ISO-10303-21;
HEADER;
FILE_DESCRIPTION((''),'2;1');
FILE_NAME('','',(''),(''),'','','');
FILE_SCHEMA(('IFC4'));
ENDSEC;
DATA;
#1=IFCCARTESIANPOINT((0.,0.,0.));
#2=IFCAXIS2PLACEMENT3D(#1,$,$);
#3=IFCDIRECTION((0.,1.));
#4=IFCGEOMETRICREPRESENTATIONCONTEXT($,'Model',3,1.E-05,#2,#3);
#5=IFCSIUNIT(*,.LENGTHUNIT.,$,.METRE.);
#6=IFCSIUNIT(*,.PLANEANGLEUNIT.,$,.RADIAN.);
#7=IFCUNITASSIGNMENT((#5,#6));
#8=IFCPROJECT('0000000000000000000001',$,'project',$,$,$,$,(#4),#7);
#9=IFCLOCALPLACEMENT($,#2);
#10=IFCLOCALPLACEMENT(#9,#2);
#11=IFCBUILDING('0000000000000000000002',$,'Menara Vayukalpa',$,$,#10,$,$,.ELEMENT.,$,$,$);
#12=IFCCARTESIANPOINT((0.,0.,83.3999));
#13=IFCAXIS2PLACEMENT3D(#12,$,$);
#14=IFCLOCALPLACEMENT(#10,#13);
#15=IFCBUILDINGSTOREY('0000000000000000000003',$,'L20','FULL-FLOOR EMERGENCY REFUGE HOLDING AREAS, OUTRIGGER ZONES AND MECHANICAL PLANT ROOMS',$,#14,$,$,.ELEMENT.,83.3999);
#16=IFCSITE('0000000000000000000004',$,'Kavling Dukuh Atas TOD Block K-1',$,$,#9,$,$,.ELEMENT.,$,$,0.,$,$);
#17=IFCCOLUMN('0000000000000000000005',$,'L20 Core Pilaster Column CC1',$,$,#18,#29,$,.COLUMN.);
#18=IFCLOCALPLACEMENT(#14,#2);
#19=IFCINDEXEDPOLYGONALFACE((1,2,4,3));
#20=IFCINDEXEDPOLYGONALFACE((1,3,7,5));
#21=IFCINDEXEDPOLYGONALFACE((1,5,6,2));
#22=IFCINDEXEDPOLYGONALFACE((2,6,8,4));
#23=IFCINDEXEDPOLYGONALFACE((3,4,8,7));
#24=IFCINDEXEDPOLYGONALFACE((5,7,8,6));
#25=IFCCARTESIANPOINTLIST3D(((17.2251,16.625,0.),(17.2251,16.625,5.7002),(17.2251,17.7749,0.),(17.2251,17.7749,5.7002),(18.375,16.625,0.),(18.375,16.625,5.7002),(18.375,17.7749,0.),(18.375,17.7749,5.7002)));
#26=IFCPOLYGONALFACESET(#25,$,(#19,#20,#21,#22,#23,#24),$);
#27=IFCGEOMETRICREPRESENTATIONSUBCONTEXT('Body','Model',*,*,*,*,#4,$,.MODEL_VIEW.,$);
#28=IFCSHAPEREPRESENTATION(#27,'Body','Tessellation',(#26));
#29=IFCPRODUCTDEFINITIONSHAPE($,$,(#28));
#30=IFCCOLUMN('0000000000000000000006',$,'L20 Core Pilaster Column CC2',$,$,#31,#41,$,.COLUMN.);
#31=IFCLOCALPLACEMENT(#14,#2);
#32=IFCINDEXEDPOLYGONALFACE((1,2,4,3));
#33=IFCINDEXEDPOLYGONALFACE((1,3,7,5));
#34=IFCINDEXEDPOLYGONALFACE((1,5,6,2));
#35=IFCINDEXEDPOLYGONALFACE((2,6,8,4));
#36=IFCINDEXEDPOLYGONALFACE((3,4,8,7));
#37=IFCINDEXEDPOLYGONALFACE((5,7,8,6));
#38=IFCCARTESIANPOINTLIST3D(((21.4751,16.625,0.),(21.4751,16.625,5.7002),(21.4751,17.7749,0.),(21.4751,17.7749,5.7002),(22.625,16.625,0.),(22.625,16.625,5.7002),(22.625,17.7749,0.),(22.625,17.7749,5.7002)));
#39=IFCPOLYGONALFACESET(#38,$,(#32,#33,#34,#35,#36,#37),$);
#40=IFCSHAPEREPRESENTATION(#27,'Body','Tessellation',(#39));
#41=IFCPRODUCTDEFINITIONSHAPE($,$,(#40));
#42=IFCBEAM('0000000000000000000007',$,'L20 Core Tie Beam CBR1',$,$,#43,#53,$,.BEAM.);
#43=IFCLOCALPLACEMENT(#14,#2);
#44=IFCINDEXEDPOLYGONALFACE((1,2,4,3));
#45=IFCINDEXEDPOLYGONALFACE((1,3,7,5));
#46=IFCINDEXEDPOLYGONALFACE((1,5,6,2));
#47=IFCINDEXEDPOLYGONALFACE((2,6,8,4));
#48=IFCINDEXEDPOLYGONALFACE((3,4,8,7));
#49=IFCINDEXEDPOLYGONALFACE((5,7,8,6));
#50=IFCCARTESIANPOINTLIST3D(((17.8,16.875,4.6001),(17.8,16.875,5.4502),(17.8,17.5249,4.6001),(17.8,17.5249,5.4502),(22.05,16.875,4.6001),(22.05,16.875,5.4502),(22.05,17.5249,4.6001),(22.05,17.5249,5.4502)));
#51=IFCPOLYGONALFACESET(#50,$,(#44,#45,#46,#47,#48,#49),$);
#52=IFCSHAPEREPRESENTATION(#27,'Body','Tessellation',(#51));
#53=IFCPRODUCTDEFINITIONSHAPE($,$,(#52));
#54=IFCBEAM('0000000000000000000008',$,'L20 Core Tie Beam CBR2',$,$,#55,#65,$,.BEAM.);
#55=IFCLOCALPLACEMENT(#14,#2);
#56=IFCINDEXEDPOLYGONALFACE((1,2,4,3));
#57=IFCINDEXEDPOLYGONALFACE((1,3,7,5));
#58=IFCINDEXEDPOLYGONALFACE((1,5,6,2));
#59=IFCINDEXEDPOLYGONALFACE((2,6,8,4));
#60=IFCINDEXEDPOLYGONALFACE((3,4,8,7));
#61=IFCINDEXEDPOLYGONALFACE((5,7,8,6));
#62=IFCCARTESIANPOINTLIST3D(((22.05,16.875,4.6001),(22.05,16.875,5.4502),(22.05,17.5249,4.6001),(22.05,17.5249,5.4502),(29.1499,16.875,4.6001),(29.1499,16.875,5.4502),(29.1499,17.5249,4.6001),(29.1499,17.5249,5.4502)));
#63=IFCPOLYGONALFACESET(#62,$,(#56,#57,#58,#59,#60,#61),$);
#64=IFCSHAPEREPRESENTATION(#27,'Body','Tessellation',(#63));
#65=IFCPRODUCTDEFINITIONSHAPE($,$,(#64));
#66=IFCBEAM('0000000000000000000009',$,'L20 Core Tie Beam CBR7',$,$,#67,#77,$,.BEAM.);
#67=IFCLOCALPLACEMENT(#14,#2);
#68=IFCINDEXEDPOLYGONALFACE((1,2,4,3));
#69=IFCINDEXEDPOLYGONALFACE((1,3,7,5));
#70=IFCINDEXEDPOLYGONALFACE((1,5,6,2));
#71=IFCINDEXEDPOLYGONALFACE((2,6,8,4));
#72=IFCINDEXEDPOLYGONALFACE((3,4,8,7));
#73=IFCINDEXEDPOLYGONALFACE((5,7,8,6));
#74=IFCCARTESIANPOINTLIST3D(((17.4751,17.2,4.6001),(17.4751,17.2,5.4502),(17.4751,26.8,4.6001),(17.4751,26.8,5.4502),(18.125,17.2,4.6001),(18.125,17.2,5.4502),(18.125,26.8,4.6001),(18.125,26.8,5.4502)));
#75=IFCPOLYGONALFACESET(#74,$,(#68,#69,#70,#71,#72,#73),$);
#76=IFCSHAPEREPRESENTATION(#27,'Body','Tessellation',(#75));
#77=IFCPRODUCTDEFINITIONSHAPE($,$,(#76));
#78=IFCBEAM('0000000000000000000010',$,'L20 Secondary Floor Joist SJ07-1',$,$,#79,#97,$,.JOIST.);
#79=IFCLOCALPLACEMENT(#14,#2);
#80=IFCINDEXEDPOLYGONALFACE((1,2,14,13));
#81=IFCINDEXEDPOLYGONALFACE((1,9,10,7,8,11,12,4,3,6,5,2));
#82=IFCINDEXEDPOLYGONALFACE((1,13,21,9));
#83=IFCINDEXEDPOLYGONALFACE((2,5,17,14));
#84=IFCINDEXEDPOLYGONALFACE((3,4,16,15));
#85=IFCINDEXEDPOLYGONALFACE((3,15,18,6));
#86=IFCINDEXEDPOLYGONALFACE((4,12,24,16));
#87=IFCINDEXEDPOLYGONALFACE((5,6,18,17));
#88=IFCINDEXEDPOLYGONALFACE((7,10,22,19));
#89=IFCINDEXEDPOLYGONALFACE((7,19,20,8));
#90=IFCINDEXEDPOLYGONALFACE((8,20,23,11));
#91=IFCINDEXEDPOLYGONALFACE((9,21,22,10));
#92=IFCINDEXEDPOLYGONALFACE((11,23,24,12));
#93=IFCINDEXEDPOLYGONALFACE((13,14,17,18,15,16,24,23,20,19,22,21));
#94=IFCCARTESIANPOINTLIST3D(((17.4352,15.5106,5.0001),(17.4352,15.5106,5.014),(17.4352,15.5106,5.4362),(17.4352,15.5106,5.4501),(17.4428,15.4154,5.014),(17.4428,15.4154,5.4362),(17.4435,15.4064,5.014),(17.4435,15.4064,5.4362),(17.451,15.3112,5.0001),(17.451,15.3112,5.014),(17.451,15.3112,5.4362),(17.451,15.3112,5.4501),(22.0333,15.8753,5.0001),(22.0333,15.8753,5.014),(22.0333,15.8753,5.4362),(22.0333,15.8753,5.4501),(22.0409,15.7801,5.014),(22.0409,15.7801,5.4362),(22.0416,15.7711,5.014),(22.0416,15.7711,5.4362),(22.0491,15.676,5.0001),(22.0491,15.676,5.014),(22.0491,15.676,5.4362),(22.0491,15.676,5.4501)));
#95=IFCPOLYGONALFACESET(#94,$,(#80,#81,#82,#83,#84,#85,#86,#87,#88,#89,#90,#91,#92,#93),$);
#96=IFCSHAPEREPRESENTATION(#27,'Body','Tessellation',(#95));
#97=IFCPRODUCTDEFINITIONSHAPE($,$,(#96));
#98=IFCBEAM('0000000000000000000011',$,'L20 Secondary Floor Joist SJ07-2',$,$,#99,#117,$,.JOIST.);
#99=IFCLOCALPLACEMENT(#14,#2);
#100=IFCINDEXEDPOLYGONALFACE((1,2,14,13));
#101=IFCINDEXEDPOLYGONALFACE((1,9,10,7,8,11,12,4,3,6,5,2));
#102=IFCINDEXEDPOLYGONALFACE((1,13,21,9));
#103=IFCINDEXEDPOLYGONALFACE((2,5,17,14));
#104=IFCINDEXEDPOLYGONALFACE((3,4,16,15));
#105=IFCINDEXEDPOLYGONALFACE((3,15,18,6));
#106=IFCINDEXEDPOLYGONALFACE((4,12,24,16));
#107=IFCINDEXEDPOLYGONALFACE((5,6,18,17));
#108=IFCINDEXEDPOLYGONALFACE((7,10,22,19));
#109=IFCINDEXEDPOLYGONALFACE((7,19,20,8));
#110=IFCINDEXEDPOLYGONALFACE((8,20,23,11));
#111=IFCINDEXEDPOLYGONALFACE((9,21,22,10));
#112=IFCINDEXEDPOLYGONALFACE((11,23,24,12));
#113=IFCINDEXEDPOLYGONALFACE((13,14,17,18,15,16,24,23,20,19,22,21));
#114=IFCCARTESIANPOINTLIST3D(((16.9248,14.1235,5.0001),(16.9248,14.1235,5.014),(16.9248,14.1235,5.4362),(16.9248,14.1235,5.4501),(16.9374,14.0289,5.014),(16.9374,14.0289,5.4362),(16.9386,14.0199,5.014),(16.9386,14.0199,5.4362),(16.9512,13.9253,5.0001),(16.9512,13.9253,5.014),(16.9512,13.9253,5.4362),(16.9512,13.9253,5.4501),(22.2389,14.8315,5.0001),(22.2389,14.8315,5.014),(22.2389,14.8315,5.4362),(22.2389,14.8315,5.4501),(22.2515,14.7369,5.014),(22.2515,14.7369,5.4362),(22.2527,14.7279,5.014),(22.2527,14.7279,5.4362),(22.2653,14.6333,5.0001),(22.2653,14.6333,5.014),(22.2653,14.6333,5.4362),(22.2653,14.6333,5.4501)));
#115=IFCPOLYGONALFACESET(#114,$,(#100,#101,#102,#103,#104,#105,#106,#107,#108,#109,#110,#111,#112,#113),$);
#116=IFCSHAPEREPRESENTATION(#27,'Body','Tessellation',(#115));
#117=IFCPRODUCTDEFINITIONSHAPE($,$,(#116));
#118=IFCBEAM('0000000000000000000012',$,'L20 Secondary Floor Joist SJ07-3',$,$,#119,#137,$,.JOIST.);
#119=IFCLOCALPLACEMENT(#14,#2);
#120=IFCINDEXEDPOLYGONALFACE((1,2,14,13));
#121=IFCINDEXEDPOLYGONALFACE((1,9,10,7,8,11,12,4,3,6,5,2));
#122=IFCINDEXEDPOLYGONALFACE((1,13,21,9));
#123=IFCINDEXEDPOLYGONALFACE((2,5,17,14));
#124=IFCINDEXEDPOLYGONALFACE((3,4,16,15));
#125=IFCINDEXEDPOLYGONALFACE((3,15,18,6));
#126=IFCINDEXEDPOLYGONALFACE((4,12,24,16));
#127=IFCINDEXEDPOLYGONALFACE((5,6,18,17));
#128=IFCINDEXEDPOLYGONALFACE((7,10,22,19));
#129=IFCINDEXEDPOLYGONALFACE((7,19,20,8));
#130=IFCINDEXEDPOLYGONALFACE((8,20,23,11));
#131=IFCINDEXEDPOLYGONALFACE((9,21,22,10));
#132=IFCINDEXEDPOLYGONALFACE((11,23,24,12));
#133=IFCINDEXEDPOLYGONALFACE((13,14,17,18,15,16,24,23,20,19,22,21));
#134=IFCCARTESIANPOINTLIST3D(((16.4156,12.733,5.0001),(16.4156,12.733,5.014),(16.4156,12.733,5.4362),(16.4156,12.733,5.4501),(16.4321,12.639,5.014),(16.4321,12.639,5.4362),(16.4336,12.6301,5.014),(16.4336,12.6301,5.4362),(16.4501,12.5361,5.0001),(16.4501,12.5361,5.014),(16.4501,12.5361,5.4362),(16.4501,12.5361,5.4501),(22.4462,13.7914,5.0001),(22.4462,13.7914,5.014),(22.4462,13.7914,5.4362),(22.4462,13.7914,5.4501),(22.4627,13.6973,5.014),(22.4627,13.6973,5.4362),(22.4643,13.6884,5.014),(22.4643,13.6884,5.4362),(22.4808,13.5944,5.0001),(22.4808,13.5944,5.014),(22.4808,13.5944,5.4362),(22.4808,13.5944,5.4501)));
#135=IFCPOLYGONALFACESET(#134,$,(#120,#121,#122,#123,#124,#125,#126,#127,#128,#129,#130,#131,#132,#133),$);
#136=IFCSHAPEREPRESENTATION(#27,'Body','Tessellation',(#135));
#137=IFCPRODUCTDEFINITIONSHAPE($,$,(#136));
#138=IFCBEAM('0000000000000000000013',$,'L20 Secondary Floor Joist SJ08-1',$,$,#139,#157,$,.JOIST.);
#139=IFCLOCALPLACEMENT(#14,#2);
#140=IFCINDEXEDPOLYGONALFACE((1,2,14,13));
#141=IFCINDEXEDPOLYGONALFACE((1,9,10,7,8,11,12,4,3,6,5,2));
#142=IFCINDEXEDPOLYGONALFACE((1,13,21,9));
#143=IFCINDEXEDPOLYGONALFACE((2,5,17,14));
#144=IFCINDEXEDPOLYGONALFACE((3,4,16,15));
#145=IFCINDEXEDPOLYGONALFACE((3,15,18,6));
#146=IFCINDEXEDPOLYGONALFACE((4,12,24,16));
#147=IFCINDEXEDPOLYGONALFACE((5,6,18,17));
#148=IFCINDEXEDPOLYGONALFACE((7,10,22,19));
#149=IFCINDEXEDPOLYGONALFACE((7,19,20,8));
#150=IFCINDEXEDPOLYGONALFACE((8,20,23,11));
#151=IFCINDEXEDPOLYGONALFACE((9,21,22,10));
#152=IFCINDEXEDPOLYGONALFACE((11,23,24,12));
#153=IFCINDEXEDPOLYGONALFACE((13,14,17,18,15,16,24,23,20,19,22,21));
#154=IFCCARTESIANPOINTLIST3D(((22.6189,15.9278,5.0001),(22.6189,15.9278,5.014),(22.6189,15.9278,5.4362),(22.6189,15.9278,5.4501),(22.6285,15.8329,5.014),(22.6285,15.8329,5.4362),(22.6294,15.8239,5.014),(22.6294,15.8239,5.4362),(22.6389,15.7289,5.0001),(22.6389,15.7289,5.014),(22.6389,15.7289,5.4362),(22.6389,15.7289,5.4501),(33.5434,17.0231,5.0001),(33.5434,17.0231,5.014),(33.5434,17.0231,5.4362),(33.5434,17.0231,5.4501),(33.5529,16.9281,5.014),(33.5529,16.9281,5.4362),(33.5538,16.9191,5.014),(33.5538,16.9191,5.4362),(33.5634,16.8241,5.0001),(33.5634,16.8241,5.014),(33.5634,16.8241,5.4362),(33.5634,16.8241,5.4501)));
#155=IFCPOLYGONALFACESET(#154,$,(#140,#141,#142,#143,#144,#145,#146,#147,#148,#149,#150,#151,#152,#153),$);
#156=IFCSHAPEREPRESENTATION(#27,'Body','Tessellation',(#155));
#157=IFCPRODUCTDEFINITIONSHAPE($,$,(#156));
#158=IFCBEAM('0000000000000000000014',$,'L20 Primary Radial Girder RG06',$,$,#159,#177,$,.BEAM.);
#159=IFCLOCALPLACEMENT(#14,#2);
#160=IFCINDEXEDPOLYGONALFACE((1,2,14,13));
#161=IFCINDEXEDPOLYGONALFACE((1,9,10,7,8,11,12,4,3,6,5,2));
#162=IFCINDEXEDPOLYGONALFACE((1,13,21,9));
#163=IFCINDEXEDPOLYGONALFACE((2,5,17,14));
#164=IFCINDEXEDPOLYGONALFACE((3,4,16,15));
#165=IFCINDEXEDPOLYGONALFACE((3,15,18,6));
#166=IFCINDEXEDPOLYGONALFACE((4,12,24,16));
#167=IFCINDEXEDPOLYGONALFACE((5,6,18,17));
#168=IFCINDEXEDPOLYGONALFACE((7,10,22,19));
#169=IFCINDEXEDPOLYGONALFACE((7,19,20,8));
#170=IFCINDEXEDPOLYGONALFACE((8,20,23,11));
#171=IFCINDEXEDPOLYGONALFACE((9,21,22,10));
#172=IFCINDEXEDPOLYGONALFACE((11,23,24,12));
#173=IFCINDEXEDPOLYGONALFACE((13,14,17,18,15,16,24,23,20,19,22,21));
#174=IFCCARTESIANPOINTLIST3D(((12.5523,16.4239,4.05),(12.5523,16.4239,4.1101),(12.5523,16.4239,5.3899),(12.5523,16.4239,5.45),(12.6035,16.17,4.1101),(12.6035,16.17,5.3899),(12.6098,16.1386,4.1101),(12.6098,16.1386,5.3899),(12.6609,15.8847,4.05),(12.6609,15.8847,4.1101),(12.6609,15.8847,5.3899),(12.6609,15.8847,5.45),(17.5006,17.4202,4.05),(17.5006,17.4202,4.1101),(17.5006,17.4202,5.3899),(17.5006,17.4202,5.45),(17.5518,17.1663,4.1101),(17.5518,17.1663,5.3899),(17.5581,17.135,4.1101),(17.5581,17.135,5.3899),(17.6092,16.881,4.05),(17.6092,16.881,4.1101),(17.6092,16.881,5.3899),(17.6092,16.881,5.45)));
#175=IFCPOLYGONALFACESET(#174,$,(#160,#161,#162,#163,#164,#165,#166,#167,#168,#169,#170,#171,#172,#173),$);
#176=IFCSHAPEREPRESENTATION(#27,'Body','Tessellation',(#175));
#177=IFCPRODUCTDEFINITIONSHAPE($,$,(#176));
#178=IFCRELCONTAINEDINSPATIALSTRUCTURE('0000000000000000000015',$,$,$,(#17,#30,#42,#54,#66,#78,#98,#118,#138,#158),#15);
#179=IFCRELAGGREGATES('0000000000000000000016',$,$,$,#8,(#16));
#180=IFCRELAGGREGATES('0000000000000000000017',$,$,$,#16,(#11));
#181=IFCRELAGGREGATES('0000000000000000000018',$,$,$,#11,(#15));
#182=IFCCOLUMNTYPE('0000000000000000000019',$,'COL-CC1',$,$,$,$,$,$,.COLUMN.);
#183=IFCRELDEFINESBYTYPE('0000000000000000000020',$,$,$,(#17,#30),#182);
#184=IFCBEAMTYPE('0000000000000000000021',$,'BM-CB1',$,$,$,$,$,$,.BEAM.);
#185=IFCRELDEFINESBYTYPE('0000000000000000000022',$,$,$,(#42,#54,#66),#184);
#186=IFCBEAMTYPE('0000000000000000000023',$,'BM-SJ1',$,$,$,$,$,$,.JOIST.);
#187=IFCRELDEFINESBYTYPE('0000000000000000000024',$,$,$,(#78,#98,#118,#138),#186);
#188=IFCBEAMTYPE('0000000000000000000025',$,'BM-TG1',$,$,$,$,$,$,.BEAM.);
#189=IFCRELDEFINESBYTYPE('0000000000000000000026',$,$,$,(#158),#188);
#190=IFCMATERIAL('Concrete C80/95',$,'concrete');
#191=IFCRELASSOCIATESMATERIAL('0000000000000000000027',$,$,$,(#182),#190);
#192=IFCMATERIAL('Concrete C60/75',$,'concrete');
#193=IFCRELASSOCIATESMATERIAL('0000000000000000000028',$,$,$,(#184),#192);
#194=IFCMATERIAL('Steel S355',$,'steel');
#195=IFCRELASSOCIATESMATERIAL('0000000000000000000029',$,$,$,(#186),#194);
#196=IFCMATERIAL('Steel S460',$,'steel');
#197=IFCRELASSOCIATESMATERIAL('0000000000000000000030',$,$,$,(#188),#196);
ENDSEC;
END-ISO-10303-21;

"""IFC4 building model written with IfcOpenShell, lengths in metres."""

from ifc_helpers import new_model, si_unit, direction, frame, origin, origin_2d, place, context, subcontext, project, spatial, rectangle, i_section, extrude, material, material_profile, profile_set, type_object, element, save


model = new_model("IFC4")

# Units and contexts
model_context = context("Model", 3, precision=1e-05, world=origin(), true_north=direction((0.0, 1.0)))
body_context = subcontext(model_context, "Body", "Model", "MODEL_VIEW")
ifc_project = project(units=[si_unit("LENGTHUNIT", "METRE"), si_unit("PLANEANGLEUNIT", "RADIAN")], contexts=[model_context])

# Site, building, storey
site_placement = place(None, origin())
site = spatial("IfcSite", under=ifc_project, at=site_placement, Name="Kavling Dukuh Atas TOD Block K-1", CompositionType="ELEMENT", RefElevation=0.0)
building_placement = place(site_placement, origin())
building = spatial("IfcBuilding", under=site, at=building_placement, Name="Menara Vayukalpa", CompositionType="ELEMENT")
storey_placement = place(building_placement, frame((0.0, 0.0, 83.3999)))
storey = spatial("IfcBuildingStorey", under=building, at=storey_placement, Name="L20", Description="FULL-FLOOR EMERGENCY REFUGE HOLDING AREAS, OUTRIGGER ZONES AND MECHANICAL PLANT ROOMS", CompositionType="ELEMENT", Elevation=83.3999)

# Columns
ifc_material_1 = material(Name="Concrete C80/95", Category="concrete")
ifc_material_profile_1 = material_profile(ifc_material_1, rectangle(XDim=1.1499, YDim=1.1499, at=origin_2d()), Name="RC 1150x1150")
ifc_profile_set_1 = profile_set([ifc_material_profile_1], Name="Concrete C80/95")
column_type = type_object("IfcColumnType", Name="COL-CC1", PredefinedType="COLUMN", material=ifc_profile_set_1)
for number, where, z_axis, x_axis, name in (
    (1, (17.8, 17.2, 0.0), (0.0, 0.0, 1.0), (1.0, 0.0, 0.0), "L20 Core Pilaster Column CC1"),
    (2, (22.05, 17.2, 0.0), (0.0, 0.0, 1.0), (1.0, 0.0, 0.0), "L20 Core Pilaster Column CC2"),
):
    element("IfcColumn", number, at=place(storey_placement, frame(where, z_axis=z_axis, x_axis=x_axis)), inside=storey, type_object=column_type, Name=name, PredefinedType="COLUMN", context=body_context, shape_type="SweptSolid", body=[
        extrude(rectangle(XDim=1.1499, YDim=1.1499, at=origin_2d()), origin(), (0.0, 0.0, 1.0), 5.7002),
    ])

# Beams
ifc_material_2 = material(Name="Concrete C60/75", Category="concrete")
ifc_material_profile_2 = material_profile(ifc_material_2, rectangle(XDim=0.6499, YDim=0.8501, at=origin_2d()), Name="RC 650x850")
ifc_profile_set_2 = profile_set([ifc_material_profile_2], Name="Concrete C60/75")
beam_type_1 = type_object("IfcBeamType", Name="BM-CB1", PredefinedType="BEAM", material=ifc_profile_set_2)
beam_1_placement = place(storey_placement, frame((17.8, 17.2, 5.0251), z_axis=(1.0, 0.0, 0.0), x_axis=(0.0, 1.0, 0.0)))
element("IfcBeam", 3, at=beam_1_placement, inside=storey, type_object=beam_type_1, Name="L20 Core Tie Beam CBR1", PredefinedType="BEAM", context=body_context, shape_type="SweptSolid", body=[
    extrude(rectangle(XDim=0.6499, YDim=0.8501, at=origin_2d()), origin(), (0.0, 0.0, 1.0), 4.25),
])
beam_2_placement = place(storey_placement, frame((22.05, 17.2, 5.0251), z_axis=(1.0, 0.0, 0.0), x_axis=(0.0, 1.0, 0.0)))
element("IfcBeam", 4, at=beam_2_placement, inside=storey, type_object=beam_type_1, Name="L20 Core Tie Beam CBR2", PredefinedType="BEAM", context=body_context, shape_type="SweptSolid", body=[
    extrude(rectangle(XDim=0.6499, YDim=0.8501, at=origin_2d()), origin(), (0.0, 0.0, 1.0), 7.0999),
])
beam_3_placement = place(storey_placement, frame((17.8, 17.2, 5.0251), z_axis=(0.0, 1.0, 0.0), x_axis=(-1.0, 0.0, 0.0)))
element("IfcBeam", 5, at=beam_3_placement, inside=storey, type_object=beam_type_1, Name="L20 Core Tie Beam CBR7", PredefinedType="BEAM", context=body_context, shape_type="SweptSolid", body=[
    extrude(rectangle(XDim=0.6499, YDim=0.8501, at=origin_2d()), origin(), (0.0, 0.0, 1.0), 9.6001),
])
ifc_material_3 = material(Name="Steel S355", Category="steel")
ifc_material_profile_3 = material_profile(ifc_material_3, i_section(OverallWidth=0.2, OverallDepth=0.45, WebThickness=0.009, FlangeThickness=0.0139, at=origin_2d()), Name="WF 450x200x9x14")
ifc_profile_set_3 = profile_set([ifc_material_profile_3], Name="Steel S355")
beam_type_2 = type_object("IfcBeamType", Name="BM-SJ1", PredefinedType="JOIST", material=ifc_profile_set_3)
beam_4_placement = place(storey_placement, frame((17.4431, 15.4109, 5.2251), z_axis=(0.996869, 0.079076, 0.0), x_axis=(-0.079076, 0.996869, 0.0)))
element("IfcBeam", 6, at=beam_4_placement, inside=storey, type_object=beam_type_2, Name="L20 Secondary Floor Joist SJ07-1", PredefinedType="JOIST", context=body_context, shape_type="SweptSolid", body=[
    extrude(i_section(OverallWidth=0.2, OverallDepth=0.45, WebThickness=0.009, FlangeThickness=0.0139, at=origin_2d()), origin(), (0.0, 0.0, 1.0), 4.6125),
])
beam_5_placement = place(storey_placement, frame((16.938, 14.0244, 5.2251), z_axis=(0.991241, 0.132062, 0.0), x_axis=(-0.132062, 0.991241, 0.0)))
element("IfcBeam", 7, at=beam_5_placement, inside=storey, type_object=beam_type_2, Name="L20 Secondary Floor Joist SJ07-2", PredefinedType="JOIST", context=body_context, shape_type="SweptSolid", body=[
    extrude(i_section(OverallWidth=0.2, OverallDepth=0.45, WebThickness=0.009, FlangeThickness=0.0139, at=origin_2d()), origin(), (0.0, 0.0, 1.0), 5.3611),
])
beam_6_placement = place(storey_placement, frame((16.4329, 12.6345, 5.2251), z_axis=(0.984947, 0.172857, 0.0), x_axis=(-0.172857, 0.984947, 0.0)))
element("IfcBeam", 8, at=beam_6_placement, inside=storey, type_object=beam_type_2, Name="L20 Secondary Floor Joist SJ07-3", PredefinedType="JOIST", context=body_context, shape_type="SweptSolid", body=[
    extrude(i_section(OverallWidth=0.2, OverallDepth=0.45, WebThickness=0.009, FlangeThickness=0.0139, at=origin_2d()), origin(), (0.0, 0.0, 1.0), 6.1228),
])
beam_7_placement = place(storey_placement, frame((22.6289, 15.8284, 5.2251), z_axis=(0.995012, 0.099752, 0.0), x_axis=(-0.099752, 0.995012, 0.0)))
element("IfcBeam", 9, at=beam_7_placement, inside=storey, type_object=beam_type_2, Name="L20 Secondary Floor Joist SJ08-1", PredefinedType="JOIST", context=body_context, shape_type="SweptSolid", body=[
    extrude(i_section(OverallWidth=0.2, OverallDepth=0.45, WebThickness=0.009, FlangeThickness=0.0139, at=origin_2d()), origin(), (0.0, 0.0, 1.0), 10.9792),
])
ifc_material_4 = material(Name="Steel S460", Category="steel")
ifc_material_profile_4 = material_profile(ifc_material_4, i_section(OverallWidth=0.55, OverallDepth=1.3999, WebThickness=0.032, FlangeThickness=0.0601, at=origin_2d()), Name="WG 1400x550x32x60")
ifc_profile_set_4 = profile_set([ifc_material_profile_4], Name="Steel S460")
beam_type_3 = type_object("IfcBeamType", Name="BM-TG1", PredefinedType="BEAM", material=ifc_profile_set_4)
beam_8_placement = place(storey_placement, frame((17.5549, 17.1506, 4.75), z_axis=(-0.980325, -0.19739, 0.0), x_axis=(0.19739, -0.980325, 0.0)))
element("IfcBeam", 10, at=beam_8_placement, inside=storey, type_object=beam_type_3, Name="L20 Primary Radial Girder RG06", PredefinedType="BEAM", context=body_context, shape_type="SweptSolid", body=[
    extrude(i_section(OverallWidth=0.55, OverallDepth=1.3999, WebThickness=0.032, FlangeThickness=0.0601, at=origin_2d()), origin(), (0.0, 0.0, 1.0), 5.0476),
])

save(model, "model.ifc")
